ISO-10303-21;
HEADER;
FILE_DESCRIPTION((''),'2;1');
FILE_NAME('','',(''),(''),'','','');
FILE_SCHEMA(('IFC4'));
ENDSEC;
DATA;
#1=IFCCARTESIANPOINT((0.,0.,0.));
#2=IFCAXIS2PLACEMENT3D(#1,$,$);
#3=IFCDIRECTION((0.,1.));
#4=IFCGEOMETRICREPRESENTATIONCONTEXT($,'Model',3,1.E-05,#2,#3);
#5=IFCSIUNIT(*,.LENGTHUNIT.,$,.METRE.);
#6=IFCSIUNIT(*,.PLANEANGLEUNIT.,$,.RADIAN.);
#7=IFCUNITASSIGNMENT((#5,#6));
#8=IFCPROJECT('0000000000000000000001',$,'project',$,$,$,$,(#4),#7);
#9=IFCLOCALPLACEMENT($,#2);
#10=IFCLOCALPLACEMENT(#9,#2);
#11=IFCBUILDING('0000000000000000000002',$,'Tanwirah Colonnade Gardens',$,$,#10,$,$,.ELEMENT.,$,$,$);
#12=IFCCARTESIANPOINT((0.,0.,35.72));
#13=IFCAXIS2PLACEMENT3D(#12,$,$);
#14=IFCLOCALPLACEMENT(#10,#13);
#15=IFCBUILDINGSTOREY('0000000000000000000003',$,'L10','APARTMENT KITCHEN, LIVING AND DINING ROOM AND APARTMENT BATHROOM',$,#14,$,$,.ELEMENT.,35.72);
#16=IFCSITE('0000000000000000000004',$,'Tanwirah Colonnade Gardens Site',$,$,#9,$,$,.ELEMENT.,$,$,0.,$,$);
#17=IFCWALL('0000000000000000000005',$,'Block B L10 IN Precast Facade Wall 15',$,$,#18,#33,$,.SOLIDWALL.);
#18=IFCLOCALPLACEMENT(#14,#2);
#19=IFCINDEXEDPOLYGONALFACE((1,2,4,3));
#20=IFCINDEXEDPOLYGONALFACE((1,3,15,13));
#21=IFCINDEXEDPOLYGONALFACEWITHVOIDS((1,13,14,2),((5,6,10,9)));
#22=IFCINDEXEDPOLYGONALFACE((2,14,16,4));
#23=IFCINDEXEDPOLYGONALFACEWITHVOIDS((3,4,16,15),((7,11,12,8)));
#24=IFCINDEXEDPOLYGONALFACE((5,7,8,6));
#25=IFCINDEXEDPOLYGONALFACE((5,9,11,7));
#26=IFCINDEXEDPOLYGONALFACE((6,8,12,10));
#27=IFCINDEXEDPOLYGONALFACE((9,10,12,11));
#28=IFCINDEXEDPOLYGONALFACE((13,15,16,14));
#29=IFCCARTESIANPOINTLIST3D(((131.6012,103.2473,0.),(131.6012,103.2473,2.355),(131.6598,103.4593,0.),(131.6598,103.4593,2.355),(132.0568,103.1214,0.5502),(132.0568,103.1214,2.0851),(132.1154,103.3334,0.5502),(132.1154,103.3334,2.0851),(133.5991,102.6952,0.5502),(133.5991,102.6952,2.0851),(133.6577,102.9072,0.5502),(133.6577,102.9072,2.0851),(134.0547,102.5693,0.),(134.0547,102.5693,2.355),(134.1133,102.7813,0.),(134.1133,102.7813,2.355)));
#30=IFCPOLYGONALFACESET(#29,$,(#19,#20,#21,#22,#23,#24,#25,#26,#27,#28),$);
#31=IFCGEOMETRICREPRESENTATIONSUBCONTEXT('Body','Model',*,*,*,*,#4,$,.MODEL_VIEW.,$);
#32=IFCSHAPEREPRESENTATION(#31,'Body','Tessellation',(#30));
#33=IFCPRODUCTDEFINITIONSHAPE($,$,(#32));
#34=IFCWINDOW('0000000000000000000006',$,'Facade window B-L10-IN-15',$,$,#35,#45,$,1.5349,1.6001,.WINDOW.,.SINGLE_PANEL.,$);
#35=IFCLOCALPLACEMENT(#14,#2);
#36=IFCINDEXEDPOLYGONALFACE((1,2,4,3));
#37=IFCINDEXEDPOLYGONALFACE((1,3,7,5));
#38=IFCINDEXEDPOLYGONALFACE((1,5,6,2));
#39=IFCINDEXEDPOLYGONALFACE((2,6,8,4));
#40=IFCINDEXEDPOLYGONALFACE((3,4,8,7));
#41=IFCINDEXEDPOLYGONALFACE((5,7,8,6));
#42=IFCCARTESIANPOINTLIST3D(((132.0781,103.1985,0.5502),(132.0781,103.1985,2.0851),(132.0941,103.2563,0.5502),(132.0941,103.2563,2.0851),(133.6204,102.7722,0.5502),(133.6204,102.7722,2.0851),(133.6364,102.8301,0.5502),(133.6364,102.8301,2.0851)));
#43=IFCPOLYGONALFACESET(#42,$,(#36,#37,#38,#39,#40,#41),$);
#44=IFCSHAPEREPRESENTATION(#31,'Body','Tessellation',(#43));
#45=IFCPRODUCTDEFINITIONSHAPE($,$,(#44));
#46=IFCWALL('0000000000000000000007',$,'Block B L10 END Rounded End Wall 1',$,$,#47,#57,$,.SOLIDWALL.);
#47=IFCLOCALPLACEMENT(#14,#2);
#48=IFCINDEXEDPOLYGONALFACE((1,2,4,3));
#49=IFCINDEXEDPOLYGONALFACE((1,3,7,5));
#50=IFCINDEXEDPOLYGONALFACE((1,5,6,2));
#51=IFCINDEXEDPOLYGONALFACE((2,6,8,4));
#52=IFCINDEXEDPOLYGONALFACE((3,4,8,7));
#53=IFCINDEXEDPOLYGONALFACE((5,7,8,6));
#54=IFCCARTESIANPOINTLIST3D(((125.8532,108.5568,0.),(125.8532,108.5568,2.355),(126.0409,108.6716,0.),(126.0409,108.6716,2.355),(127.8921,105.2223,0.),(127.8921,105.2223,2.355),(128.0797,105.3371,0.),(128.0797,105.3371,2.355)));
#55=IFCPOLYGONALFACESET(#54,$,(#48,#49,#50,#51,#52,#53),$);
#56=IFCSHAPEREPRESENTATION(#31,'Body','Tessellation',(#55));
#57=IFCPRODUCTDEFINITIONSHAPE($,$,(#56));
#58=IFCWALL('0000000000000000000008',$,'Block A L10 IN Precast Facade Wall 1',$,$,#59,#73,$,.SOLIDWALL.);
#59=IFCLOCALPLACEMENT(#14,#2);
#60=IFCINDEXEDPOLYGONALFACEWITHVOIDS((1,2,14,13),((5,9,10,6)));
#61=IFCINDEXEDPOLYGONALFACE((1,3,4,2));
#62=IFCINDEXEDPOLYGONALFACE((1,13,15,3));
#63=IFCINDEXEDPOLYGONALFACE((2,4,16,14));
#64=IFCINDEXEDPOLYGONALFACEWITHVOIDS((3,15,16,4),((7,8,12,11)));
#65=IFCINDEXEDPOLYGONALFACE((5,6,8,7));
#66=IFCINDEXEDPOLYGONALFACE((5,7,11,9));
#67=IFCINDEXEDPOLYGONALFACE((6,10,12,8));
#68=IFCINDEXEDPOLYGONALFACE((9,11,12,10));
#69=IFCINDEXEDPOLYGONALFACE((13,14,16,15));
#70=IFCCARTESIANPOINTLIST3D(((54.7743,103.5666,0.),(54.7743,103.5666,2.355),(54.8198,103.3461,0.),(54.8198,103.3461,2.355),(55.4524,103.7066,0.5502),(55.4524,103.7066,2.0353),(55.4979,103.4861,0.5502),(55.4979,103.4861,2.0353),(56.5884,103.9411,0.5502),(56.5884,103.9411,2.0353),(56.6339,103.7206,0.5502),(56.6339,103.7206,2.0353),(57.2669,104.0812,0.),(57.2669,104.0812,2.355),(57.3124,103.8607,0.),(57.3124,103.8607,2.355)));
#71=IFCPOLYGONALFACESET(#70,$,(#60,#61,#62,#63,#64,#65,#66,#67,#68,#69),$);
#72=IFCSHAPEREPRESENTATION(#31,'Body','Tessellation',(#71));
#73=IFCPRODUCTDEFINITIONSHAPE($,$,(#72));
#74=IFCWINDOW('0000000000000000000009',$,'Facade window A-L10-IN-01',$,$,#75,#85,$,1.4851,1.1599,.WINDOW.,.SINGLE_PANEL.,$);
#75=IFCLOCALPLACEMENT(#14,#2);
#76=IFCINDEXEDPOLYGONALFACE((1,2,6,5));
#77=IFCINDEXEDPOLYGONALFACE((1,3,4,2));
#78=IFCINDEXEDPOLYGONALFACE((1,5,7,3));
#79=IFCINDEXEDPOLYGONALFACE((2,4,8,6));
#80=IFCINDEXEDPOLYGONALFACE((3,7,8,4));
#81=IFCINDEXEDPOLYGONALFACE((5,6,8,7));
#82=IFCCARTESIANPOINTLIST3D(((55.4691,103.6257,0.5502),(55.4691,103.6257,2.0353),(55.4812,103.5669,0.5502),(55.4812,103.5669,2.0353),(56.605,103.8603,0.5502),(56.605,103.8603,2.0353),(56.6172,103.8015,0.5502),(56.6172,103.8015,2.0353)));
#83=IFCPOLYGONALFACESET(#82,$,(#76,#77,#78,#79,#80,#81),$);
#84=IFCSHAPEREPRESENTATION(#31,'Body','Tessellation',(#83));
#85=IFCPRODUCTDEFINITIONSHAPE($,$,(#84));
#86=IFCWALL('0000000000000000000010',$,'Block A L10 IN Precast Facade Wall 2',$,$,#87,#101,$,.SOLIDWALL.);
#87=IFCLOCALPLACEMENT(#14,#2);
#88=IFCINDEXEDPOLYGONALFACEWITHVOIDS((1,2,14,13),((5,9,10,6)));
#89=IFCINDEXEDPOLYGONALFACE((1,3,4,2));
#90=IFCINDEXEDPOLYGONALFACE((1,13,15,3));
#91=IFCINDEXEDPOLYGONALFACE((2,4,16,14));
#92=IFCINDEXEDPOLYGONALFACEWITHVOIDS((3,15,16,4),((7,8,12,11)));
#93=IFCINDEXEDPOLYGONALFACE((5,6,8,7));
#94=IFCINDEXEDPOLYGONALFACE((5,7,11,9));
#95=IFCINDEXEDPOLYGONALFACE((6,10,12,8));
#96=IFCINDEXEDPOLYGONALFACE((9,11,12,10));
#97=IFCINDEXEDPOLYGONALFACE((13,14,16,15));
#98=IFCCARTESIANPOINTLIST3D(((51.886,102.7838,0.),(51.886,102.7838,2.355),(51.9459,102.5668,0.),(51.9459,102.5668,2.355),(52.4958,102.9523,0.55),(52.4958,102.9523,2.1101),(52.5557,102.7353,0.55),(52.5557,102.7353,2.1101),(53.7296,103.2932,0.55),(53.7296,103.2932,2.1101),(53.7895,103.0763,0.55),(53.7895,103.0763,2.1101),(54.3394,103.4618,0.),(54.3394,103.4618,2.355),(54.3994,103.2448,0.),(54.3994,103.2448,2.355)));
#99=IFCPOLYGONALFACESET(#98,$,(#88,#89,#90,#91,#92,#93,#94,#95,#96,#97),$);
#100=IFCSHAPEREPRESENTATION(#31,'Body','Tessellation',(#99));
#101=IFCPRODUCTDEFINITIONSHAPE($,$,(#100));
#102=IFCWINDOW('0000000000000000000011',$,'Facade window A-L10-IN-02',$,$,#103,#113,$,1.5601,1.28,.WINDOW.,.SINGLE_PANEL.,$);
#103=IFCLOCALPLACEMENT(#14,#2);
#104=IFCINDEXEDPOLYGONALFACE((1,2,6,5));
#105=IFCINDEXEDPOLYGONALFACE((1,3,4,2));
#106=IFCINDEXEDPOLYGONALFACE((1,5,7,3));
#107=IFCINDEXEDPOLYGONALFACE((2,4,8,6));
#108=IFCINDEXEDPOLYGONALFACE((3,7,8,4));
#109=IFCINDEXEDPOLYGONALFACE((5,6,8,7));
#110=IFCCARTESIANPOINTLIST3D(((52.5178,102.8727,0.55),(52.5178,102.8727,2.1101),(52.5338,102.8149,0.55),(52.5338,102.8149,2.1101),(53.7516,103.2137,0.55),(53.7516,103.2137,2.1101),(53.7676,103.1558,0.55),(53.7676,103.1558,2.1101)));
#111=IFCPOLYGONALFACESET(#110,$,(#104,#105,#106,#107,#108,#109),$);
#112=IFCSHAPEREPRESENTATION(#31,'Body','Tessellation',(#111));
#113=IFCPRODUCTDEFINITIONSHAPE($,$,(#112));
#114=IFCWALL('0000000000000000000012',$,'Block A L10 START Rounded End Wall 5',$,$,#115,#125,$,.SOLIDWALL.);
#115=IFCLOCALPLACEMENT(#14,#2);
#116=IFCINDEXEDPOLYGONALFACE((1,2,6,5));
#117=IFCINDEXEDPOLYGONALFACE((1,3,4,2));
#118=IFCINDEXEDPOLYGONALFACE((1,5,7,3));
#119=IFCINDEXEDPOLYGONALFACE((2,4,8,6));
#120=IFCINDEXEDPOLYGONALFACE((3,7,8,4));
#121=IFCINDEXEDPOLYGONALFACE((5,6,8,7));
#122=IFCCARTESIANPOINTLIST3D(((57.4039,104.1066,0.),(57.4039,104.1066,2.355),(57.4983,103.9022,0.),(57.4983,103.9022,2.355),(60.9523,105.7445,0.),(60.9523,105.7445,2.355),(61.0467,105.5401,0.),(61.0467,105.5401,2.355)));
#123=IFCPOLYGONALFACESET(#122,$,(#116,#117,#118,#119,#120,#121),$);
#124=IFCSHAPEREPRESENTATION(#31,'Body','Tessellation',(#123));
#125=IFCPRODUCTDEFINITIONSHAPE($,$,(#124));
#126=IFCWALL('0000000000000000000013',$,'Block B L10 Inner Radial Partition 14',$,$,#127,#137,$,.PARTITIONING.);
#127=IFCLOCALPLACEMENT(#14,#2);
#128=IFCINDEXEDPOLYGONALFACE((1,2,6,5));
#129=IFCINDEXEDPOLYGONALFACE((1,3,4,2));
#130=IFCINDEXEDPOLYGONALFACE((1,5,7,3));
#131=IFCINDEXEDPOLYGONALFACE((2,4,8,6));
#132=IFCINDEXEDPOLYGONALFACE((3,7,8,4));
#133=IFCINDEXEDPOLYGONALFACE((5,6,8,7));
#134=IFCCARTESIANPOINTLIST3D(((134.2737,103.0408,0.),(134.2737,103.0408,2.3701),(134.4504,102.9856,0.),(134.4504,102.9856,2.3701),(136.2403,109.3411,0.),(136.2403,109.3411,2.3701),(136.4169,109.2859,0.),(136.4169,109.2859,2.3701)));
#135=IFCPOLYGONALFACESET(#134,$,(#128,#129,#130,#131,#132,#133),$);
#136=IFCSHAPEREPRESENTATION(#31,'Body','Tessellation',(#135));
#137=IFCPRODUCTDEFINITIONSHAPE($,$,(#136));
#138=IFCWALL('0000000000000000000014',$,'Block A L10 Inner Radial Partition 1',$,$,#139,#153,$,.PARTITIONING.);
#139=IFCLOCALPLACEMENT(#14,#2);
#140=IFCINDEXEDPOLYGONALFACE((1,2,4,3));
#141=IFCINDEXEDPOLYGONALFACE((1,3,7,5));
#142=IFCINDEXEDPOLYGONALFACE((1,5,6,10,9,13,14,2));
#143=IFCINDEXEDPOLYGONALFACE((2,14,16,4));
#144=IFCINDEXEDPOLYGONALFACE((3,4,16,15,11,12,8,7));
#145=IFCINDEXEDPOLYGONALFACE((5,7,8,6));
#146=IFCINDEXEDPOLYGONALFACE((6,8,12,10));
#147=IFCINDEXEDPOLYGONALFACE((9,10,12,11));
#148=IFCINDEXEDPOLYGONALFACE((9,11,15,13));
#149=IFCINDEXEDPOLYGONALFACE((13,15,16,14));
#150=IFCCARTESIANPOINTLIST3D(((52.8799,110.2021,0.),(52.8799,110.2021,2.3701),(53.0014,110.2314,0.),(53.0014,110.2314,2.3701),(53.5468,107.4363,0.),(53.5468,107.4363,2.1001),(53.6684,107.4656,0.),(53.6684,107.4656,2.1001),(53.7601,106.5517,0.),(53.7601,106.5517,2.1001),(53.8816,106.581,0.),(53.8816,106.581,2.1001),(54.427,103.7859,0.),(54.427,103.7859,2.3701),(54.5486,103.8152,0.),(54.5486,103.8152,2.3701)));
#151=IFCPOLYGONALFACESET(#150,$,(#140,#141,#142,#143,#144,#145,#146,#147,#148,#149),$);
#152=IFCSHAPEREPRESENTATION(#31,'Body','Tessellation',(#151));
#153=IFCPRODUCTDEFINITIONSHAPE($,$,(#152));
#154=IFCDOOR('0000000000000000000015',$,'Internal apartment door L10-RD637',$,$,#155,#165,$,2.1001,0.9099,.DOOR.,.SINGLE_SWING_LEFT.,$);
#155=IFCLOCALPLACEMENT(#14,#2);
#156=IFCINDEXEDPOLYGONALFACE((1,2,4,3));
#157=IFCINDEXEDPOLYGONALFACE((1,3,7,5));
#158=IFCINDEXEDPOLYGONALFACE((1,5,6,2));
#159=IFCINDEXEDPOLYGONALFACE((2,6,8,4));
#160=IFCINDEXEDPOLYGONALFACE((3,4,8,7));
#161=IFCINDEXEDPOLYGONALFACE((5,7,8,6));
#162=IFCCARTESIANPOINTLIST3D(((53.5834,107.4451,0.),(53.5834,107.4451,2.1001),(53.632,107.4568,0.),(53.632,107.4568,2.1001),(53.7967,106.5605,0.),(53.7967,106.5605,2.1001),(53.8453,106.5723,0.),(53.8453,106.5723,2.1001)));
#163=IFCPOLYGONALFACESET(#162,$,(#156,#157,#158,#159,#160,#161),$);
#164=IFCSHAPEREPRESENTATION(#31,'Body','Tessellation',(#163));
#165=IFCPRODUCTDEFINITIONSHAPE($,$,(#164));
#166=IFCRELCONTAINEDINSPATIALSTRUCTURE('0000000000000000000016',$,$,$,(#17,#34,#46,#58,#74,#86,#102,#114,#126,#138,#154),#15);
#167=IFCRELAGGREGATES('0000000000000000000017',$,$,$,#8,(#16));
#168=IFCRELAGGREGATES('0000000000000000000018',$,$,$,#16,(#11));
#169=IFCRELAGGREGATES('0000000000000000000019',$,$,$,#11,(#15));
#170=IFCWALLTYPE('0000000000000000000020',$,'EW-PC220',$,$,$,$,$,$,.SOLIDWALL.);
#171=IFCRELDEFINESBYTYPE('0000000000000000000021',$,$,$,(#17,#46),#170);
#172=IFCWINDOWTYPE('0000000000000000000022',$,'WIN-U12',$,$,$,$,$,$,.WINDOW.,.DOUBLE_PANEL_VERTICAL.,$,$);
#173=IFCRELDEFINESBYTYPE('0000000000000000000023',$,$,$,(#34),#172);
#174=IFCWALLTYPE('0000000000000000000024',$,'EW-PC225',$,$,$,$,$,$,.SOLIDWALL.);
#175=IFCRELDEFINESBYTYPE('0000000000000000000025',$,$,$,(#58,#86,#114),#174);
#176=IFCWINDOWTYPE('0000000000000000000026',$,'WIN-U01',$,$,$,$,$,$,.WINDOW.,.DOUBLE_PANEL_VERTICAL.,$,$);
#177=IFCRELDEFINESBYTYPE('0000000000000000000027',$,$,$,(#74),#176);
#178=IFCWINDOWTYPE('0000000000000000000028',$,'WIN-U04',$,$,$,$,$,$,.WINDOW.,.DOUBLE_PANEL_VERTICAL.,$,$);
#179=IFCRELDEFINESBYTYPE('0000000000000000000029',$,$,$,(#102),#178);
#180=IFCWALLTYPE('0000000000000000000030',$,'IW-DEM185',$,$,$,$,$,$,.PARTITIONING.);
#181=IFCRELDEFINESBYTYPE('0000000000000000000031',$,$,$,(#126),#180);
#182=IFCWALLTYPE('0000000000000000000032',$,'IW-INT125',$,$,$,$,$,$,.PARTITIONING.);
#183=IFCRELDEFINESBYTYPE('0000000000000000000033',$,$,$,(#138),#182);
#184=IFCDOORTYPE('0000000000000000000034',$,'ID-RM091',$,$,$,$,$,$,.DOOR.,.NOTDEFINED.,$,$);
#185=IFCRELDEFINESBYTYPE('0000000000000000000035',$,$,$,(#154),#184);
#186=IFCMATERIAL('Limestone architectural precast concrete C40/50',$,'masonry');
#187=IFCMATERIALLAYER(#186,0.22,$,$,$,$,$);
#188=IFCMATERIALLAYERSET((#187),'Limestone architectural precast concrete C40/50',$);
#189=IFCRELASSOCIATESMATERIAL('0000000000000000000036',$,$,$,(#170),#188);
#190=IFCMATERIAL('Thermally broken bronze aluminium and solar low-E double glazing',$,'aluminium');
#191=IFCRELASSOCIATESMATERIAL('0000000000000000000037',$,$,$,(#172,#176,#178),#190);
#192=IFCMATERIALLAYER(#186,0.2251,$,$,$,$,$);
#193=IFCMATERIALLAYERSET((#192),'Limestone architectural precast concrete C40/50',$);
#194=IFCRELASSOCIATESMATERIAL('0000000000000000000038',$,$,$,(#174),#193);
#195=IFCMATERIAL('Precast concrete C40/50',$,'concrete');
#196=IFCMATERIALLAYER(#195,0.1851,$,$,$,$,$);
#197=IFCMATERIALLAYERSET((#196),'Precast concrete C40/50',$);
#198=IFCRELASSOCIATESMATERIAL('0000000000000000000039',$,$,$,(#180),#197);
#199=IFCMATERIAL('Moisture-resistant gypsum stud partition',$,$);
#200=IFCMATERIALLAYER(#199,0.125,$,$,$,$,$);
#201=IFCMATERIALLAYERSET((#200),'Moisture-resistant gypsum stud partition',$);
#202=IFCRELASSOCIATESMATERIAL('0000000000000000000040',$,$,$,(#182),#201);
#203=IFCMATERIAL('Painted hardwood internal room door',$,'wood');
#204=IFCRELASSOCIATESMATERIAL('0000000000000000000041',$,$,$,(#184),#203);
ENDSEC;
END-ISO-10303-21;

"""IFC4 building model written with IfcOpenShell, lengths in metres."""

from ifc_helpers import new_model, si_unit, direction, frame, frame_2d, origin, place, context, subcontext, project, spatial, rectangle, extrude, material, layer, layer_set, type_object, element, fill, save


model = new_model("IFC4")

# Units and contexts
model_context = context("Model", 3, precision=1e-05, world=origin(), true_north=direction((0.0, 1.0)))
body_context = subcontext(model_context, "Body", "Model", "MODEL_VIEW")
ifc_project = project(units=[si_unit("LENGTHUNIT", "METRE"), si_unit("PLANEANGLEUNIT", "RADIAN")], contexts=[model_context])

# Site, building, storey
site_placement = place(None, origin())
site = spatial("IfcSite", under=ifc_project, at=site_placement, Name="Tanwirah Colonnade Gardens Site", CompositionType="ELEMENT", RefElevation=0.0)
building_placement = place(site_placement, origin())
building = spatial("IfcBuilding", under=site, at=building_placement, Name="Tanwirah Colonnade Gardens", CompositionType="ELEMENT")
storey_placement = place(building_placement, frame((0.0, 0.0, 35.72)))
storey = spatial("IfcBuildingStorey", under=building, at=storey_placement, Name="L10", Description="APARTMENT KITCHEN, LIVING AND DINING ROOM AND APARTMENT BATHROOM", CompositionType="ELEMENT", Elevation=35.72)

# Shared definitions
ifc_material_1 = material(Name="Precast concrete C40/50", Category="concrete")

# Wall, opening, window
ifc_material_2 = material(Name="Limestone architectural precast concrete C40/50", Category="masonry")
ifc_layer_1 = layer(ifc_material_2, 0.22)
ifc_layer_set_1 = layer_set([ifc_layer_1], Name="Limestone architectural precast concrete C40/50")
wall_type_1 = type_object("IfcWallType", Name="EW-PC220", PredefinedType="SOLIDWALL", material=ifc_layer_set_1)
wall_1_placement = place(storey_placement, frame((134.084, 102.6753, 0.0), z_axis=(0.0, 0.0, 1.0), x_axis=(-0.963873, 0.266362, 0.0)))
wall_1 = element("IfcWall", 1, at=wall_1_placement, inside=storey, type_object=wall_type_1, Name="Block B L10 IN Precast Facade Wall 15", PredefinedType="SOLIDWALL", context=body_context, shape_type="SweptSolid", body=[
    extrude(rectangle(XDim=2.5454, YDim=0.22, at=frame_2d((1.2727, 0.0))), origin(), (0.0, 0.0, 1.0), 2.355),
])
opening_1_placement = place(wall_1_placement, frame((0.4727, 0.0, 0.55)))
opening_1 = element("IfcOpeningElement", 2, at=opening_1_placement, cuts=wall_1, PredefinedType="OPENING", context=body_context, shape_type="SweptSolid", body=[
    extrude(rectangle(XDim=1.6001, YDim=1.5349, at=frame_2d((0.8, 0.7676))), frame((0.0, 0.1199, 0.0), z_axis=(0.0, -1.0, 0.0), x_axis=(1.0, 0.0, 0.0)), (0.0, 0.0, 1.0), 0.24),
])
ifc_material_3 = material(Name="Thermally broken bronze aluminium and solar low-E double glazing", Category="aluminium")
window_type_1 = type_object("IfcWindowType", Name="WIN-U12", PartitioningType="DOUBLE_PANEL_VERTICAL", PredefinedType="WINDOW", material=ifc_material_3)
window_1_placement = place(opening_1_placement, origin())
window_1 = element("IfcWindow", 3, at=window_1_placement, inside=storey, type_object=window_type_1, Name="Facade window B-L10-IN-15", OverallHeight=1.5349, OverallWidth=1.6001, PartitioningType="SINGLE_PANEL", PredefinedType="WINDOW", context=body_context, shape_type="SweptSolid", body=[
    extrude(rectangle(XDim=1.6001, YDim=1.5349, at=frame_2d((0.8, 0.7676))), frame((0.0, 0.03, 0.0), z_axis=(0.0, -1.0, 0.0), x_axis=(1.0, 0.0, 0.0)), (0.0, 0.0, 1.0), 0.0601),
])
fill(opening_1, window_1)

# Wall
wall_2_placement = place(storey_placement, frame((127.9858, 105.2798, 0.0), z_axis=(0.0, 0.0, 1.0), x_axis=(-0.521652, 0.853158, 0.0)))
element("IfcWall", 4, at=wall_2_placement, inside=storey, type_object=wall_type_1, Name="Block B L10 END Rounded End Wall 1", PredefinedType="SOLIDWALL", context=body_context, shape_type="SweptSolid", body=[
    extrude(rectangle(XDim=3.9084, YDim=0.22, at=frame_2d((1.9541, 0.0))), origin(), (0.0, 0.0, 1.0), 2.355),
])

# Walls, openings, windows
ifc_layer_2 = layer(ifc_material_2, 0.2251)
ifc_layer_set_2 = layer_set([ifc_layer_2], Name="Limestone architectural precast concrete C40/50")
wall_type_2 = type_object("IfcWallType", Name="EW-PC225", PredefinedType="SOLIDWALL", material=ifc_layer_set_2)
wall_3_placement = place(storey_placement, frame((57.2896, 103.9709, 0.0), z_axis=(0.0, 0.0, 1.0), x_axis=(-0.979344, -0.2022, 0.0)))
wall_3 = element("IfcWall", 5, at=wall_3_placement, inside=storey, type_object=wall_type_2, Name="Block A L10 IN Precast Facade Wall 1", PredefinedType="SOLIDWALL", context=body_context, shape_type="SweptSolid", body=[
    extrude(rectangle(XDim=2.5452, YDim=0.2251, at=frame_2d((1.2725, 0.0))), origin(), (0.0, 0.0, 1.0), 2.355),
])
opening_2_placement = place(wall_3_placement, frame((0.6926, 0.0, 0.55)))
opening_2 = element("IfcOpeningElement", 6, at=opening_2_placement, cuts=wall_3, PredefinedType="OPENING", context=body_context, shape_type="SweptSolid", body=[
    extrude(rectangle(XDim=1.1599, YDim=1.4851, at=frame_2d((0.5801, 0.7427))), frame((0.0, 0.1226, 0.0), z_axis=(0.0, -1.0, 0.0), x_axis=(1.0, 0.0, 0.0)), (0.0, 0.0, 1.0), 0.2451),
])
window_type_2 = type_object("IfcWindowType", Name="WIN-U01", PartitioningType="DOUBLE_PANEL_VERTICAL", PredefinedType="WINDOW", material=ifc_material_3)
window_2_placement = place(opening_2_placement, origin())
window_2 = element("IfcWindow", 7, at=window_2_placement, inside=storey, type_object=window_type_2, Name="Facade window A-L10-IN-01", OverallHeight=1.4851, OverallWidth=1.1599, PartitioningType="SINGLE_PANEL", PredefinedType="WINDOW", context=body_context, shape_type="SweptSolid", body=[
    extrude(rectangle(XDim=1.1599, YDim=1.4851, at=frame_2d((0.5801, 0.7427))), frame((0.0, 0.03, 0.0), z_axis=(0.0, -1.0, 0.0), x_axis=(1.0, 0.0, 0.0)), (0.0, 0.0, 1.0), 0.0601),
])
fill(opening_2, window_2)
wall_4_placement = place(storey_placement, frame((54.3694, 103.3533, 0.0), z_axis=(0.0, 0.0, 1.0), x_axis=(-0.963873, -0.266362, 0.0)))
wall_4 = element("IfcWall", 8, at=wall_4_placement, inside=storey, type_object=wall_type_2, Name="Block A L10 IN Precast Facade Wall 2", PredefinedType="SOLIDWALL", context=body_context, shape_type="SweptSolid", body=[
    extrude(rectangle(XDim=2.5454, YDim=0.2251, at=frame_2d((1.2727, 0.0))), origin(), (0.0, 0.0, 1.0), 2.355),
])
opening_3_placement = place(wall_4_placement, frame((0.6326, 0.0, 0.55)))
opening_3 = element("IfcOpeningElement", 9, at=opening_3_placement, cuts=wall_4, PredefinedType="OPENING", context=body_context, shape_type="SweptSolid", body=[
    extrude(rectangle(XDim=1.28, YDim=1.5601, at=frame_2d((0.6401, 0.78))), frame((0.0, 0.1226, 0.0), z_axis=(0.0, -1.0, 0.0), x_axis=(1.0, 0.0, 0.0)), (0.0, 0.0, 1.0), 0.2451),
])
window_type_3 = type_object("IfcWindowType", Name="WIN-U04", PartitioningType="DOUBLE_PANEL_VERTICAL", PredefinedType="WINDOW", material=ifc_material_3)
window_3_placement = place(opening_3_placement, origin())
window_3 = element("IfcWindow", 10, at=window_3_placement, inside=storey, type_object=window_type_3, Name="Facade window A-L10-IN-02", OverallHeight=1.5601, OverallWidth=1.28, PartitioningType="SINGLE_PANEL", PredefinedType="WINDOW", context=body_context, shape_type="SweptSolid", body=[
    extrude(rectangle(XDim=1.28, YDim=1.5601, at=frame_2d((0.6401, 0.78))), frame((0.0, 0.03, 0.0), z_axis=(0.0, -1.0, 0.0), x_axis=(1.0, 0.0, 0.0)), (0.0, 0.0, 1.0), 0.0601),
])
fill(opening_3, window_3)

# Walls
wall_5_placement = place(storey_placement, frame((60.9995, 105.6423, 0.0), z_axis=(0.0, 0.0, 1.0), x_axis=(-0.907936, -0.41911, 0.0)))
element("IfcWall", 11, at=wall_5_placement, inside=storey, type_object=wall_type_2, Name="Block A L10 START Rounded End Wall 5", PredefinedType="SOLIDWALL", context=body_context, shape_type="SweptSolid", body=[
    extrude(rectangle(XDim=3.9082, YDim=0.2251, at=frame_2d((1.9541, 0.0))), origin(), (0.0, 0.0, 1.0), 2.355),
])
ifc_layer_3 = layer(ifc_material_1, 0.1851)
ifc_layer_set_3 = layer_set([ifc_layer_3], Name="Precast concrete C40/50")
wall_type_3 = type_object("IfcWallType", Name="IW-DEM185", PredefinedType="PARTITIONING", material=ifc_layer_set_3)
wall_6_placement = place(storey_placement, frame((134.3621, 103.0132, 0.0), z_axis=(0.0, 0.0, 1.0), x_axis=(0.297959, 0.954579, 0.0)))
element("IfcWall", 12, at=wall_6_placement, inside=storey, type_object=wall_type_3, Name="Block B L10 Inner Radial Partition 14", PredefinedType="PARTITIONING", context=body_context, shape_type="SweptSolid", body=[
    extrude(rectangle(XDim=6.6001, YDim=0.1851, at=frame_2d((3.3, 0.0))), origin(), (0.0, 0.0, 1.0), 2.3701),
])

# Wall, opening, door
ifc_material_4 = material(Name="Moisture-resistant gypsum stud partition")
ifc_layer_4 = layer(ifc_material_4, 0.125)
ifc_layer_set_4 = layer_set([ifc_layer_4], Name="Moisture-resistant gypsum stud partition")
wall_type_4 = type_object("IfcWallType", Name="IW-INT125", PredefinedType="PARTITIONING", material=ifc_layer_set_4)
wall_7_placement = place(storey_placement, frame((54.4878, 103.8005, 0.0), z_axis=(0.0, 0.0, 1.0), x_axis=(-0.234407, 0.972139, 0.0)))
wall_7 = element("IfcWall", 13, at=wall_7_placement, inside=storey, type_object=wall_type_4, Name="Block A L10 Inner Radial Partition 1", PredefinedType="PARTITIONING", context=body_context, shape_type="SweptSolid", body=[
    extrude(rectangle(XDim=6.6001, YDim=0.125, at=frame_2d((3.3, 0.0))), origin(), (0.0, 0.0, 1.0), 2.3701),
])
opening_4_placement = place(wall_7_placement, frame((2.845, 0.0, 0.0)))
opening_4 = element("IfcOpeningElement", 14, at=opening_4_placement, cuts=wall_7, PredefinedType="OPENING", context=body_context, shape_type="SweptSolid", body=[
    extrude(rectangle(XDim=0.9099, YDim=2.1001, at=frame_2d((0.4551, 1.05))), frame((0.0, 0.0725, 0.0), z_axis=(0.0, -1.0, 0.0), x_axis=(1.0, 0.0, 0.0)), (0.0, 0.0, 1.0), 0.145),
])
ifc_material_5 = material(Name="Painted hardwood internal room door", Category="wood")
door_type = type_object("IfcDoorType", Name="ID-RM091", OperationType="NOTDEFINED", PredefinedType="DOOR", material=ifc_material_5)
door_placement = place(opening_4_placement, origin())
door = element("IfcDoor", 15, at=door_placement, inside=storey, type_object=door_type, Name="Internal apartment door L10-RD637", OperationType="SINGLE_SWING_LEFT", OverallHeight=2.1001, OverallWidth=0.9099, PredefinedType="DOOR", context=body_context, shape_type="SweptSolid", body=[
    extrude(rectangle(XDim=0.9099, YDim=2.1001, at=frame_2d((0.4551, 1.05))), frame((0.0, 0.0249, 0.0), z_axis=(0.0, -1.0, 0.0), x_axis=(1.0, 0.0, 0.0)), (0.0, 0.0, 1.0), 0.05),
])
fill(opening_4, door)

save(model, "model.ifc")
